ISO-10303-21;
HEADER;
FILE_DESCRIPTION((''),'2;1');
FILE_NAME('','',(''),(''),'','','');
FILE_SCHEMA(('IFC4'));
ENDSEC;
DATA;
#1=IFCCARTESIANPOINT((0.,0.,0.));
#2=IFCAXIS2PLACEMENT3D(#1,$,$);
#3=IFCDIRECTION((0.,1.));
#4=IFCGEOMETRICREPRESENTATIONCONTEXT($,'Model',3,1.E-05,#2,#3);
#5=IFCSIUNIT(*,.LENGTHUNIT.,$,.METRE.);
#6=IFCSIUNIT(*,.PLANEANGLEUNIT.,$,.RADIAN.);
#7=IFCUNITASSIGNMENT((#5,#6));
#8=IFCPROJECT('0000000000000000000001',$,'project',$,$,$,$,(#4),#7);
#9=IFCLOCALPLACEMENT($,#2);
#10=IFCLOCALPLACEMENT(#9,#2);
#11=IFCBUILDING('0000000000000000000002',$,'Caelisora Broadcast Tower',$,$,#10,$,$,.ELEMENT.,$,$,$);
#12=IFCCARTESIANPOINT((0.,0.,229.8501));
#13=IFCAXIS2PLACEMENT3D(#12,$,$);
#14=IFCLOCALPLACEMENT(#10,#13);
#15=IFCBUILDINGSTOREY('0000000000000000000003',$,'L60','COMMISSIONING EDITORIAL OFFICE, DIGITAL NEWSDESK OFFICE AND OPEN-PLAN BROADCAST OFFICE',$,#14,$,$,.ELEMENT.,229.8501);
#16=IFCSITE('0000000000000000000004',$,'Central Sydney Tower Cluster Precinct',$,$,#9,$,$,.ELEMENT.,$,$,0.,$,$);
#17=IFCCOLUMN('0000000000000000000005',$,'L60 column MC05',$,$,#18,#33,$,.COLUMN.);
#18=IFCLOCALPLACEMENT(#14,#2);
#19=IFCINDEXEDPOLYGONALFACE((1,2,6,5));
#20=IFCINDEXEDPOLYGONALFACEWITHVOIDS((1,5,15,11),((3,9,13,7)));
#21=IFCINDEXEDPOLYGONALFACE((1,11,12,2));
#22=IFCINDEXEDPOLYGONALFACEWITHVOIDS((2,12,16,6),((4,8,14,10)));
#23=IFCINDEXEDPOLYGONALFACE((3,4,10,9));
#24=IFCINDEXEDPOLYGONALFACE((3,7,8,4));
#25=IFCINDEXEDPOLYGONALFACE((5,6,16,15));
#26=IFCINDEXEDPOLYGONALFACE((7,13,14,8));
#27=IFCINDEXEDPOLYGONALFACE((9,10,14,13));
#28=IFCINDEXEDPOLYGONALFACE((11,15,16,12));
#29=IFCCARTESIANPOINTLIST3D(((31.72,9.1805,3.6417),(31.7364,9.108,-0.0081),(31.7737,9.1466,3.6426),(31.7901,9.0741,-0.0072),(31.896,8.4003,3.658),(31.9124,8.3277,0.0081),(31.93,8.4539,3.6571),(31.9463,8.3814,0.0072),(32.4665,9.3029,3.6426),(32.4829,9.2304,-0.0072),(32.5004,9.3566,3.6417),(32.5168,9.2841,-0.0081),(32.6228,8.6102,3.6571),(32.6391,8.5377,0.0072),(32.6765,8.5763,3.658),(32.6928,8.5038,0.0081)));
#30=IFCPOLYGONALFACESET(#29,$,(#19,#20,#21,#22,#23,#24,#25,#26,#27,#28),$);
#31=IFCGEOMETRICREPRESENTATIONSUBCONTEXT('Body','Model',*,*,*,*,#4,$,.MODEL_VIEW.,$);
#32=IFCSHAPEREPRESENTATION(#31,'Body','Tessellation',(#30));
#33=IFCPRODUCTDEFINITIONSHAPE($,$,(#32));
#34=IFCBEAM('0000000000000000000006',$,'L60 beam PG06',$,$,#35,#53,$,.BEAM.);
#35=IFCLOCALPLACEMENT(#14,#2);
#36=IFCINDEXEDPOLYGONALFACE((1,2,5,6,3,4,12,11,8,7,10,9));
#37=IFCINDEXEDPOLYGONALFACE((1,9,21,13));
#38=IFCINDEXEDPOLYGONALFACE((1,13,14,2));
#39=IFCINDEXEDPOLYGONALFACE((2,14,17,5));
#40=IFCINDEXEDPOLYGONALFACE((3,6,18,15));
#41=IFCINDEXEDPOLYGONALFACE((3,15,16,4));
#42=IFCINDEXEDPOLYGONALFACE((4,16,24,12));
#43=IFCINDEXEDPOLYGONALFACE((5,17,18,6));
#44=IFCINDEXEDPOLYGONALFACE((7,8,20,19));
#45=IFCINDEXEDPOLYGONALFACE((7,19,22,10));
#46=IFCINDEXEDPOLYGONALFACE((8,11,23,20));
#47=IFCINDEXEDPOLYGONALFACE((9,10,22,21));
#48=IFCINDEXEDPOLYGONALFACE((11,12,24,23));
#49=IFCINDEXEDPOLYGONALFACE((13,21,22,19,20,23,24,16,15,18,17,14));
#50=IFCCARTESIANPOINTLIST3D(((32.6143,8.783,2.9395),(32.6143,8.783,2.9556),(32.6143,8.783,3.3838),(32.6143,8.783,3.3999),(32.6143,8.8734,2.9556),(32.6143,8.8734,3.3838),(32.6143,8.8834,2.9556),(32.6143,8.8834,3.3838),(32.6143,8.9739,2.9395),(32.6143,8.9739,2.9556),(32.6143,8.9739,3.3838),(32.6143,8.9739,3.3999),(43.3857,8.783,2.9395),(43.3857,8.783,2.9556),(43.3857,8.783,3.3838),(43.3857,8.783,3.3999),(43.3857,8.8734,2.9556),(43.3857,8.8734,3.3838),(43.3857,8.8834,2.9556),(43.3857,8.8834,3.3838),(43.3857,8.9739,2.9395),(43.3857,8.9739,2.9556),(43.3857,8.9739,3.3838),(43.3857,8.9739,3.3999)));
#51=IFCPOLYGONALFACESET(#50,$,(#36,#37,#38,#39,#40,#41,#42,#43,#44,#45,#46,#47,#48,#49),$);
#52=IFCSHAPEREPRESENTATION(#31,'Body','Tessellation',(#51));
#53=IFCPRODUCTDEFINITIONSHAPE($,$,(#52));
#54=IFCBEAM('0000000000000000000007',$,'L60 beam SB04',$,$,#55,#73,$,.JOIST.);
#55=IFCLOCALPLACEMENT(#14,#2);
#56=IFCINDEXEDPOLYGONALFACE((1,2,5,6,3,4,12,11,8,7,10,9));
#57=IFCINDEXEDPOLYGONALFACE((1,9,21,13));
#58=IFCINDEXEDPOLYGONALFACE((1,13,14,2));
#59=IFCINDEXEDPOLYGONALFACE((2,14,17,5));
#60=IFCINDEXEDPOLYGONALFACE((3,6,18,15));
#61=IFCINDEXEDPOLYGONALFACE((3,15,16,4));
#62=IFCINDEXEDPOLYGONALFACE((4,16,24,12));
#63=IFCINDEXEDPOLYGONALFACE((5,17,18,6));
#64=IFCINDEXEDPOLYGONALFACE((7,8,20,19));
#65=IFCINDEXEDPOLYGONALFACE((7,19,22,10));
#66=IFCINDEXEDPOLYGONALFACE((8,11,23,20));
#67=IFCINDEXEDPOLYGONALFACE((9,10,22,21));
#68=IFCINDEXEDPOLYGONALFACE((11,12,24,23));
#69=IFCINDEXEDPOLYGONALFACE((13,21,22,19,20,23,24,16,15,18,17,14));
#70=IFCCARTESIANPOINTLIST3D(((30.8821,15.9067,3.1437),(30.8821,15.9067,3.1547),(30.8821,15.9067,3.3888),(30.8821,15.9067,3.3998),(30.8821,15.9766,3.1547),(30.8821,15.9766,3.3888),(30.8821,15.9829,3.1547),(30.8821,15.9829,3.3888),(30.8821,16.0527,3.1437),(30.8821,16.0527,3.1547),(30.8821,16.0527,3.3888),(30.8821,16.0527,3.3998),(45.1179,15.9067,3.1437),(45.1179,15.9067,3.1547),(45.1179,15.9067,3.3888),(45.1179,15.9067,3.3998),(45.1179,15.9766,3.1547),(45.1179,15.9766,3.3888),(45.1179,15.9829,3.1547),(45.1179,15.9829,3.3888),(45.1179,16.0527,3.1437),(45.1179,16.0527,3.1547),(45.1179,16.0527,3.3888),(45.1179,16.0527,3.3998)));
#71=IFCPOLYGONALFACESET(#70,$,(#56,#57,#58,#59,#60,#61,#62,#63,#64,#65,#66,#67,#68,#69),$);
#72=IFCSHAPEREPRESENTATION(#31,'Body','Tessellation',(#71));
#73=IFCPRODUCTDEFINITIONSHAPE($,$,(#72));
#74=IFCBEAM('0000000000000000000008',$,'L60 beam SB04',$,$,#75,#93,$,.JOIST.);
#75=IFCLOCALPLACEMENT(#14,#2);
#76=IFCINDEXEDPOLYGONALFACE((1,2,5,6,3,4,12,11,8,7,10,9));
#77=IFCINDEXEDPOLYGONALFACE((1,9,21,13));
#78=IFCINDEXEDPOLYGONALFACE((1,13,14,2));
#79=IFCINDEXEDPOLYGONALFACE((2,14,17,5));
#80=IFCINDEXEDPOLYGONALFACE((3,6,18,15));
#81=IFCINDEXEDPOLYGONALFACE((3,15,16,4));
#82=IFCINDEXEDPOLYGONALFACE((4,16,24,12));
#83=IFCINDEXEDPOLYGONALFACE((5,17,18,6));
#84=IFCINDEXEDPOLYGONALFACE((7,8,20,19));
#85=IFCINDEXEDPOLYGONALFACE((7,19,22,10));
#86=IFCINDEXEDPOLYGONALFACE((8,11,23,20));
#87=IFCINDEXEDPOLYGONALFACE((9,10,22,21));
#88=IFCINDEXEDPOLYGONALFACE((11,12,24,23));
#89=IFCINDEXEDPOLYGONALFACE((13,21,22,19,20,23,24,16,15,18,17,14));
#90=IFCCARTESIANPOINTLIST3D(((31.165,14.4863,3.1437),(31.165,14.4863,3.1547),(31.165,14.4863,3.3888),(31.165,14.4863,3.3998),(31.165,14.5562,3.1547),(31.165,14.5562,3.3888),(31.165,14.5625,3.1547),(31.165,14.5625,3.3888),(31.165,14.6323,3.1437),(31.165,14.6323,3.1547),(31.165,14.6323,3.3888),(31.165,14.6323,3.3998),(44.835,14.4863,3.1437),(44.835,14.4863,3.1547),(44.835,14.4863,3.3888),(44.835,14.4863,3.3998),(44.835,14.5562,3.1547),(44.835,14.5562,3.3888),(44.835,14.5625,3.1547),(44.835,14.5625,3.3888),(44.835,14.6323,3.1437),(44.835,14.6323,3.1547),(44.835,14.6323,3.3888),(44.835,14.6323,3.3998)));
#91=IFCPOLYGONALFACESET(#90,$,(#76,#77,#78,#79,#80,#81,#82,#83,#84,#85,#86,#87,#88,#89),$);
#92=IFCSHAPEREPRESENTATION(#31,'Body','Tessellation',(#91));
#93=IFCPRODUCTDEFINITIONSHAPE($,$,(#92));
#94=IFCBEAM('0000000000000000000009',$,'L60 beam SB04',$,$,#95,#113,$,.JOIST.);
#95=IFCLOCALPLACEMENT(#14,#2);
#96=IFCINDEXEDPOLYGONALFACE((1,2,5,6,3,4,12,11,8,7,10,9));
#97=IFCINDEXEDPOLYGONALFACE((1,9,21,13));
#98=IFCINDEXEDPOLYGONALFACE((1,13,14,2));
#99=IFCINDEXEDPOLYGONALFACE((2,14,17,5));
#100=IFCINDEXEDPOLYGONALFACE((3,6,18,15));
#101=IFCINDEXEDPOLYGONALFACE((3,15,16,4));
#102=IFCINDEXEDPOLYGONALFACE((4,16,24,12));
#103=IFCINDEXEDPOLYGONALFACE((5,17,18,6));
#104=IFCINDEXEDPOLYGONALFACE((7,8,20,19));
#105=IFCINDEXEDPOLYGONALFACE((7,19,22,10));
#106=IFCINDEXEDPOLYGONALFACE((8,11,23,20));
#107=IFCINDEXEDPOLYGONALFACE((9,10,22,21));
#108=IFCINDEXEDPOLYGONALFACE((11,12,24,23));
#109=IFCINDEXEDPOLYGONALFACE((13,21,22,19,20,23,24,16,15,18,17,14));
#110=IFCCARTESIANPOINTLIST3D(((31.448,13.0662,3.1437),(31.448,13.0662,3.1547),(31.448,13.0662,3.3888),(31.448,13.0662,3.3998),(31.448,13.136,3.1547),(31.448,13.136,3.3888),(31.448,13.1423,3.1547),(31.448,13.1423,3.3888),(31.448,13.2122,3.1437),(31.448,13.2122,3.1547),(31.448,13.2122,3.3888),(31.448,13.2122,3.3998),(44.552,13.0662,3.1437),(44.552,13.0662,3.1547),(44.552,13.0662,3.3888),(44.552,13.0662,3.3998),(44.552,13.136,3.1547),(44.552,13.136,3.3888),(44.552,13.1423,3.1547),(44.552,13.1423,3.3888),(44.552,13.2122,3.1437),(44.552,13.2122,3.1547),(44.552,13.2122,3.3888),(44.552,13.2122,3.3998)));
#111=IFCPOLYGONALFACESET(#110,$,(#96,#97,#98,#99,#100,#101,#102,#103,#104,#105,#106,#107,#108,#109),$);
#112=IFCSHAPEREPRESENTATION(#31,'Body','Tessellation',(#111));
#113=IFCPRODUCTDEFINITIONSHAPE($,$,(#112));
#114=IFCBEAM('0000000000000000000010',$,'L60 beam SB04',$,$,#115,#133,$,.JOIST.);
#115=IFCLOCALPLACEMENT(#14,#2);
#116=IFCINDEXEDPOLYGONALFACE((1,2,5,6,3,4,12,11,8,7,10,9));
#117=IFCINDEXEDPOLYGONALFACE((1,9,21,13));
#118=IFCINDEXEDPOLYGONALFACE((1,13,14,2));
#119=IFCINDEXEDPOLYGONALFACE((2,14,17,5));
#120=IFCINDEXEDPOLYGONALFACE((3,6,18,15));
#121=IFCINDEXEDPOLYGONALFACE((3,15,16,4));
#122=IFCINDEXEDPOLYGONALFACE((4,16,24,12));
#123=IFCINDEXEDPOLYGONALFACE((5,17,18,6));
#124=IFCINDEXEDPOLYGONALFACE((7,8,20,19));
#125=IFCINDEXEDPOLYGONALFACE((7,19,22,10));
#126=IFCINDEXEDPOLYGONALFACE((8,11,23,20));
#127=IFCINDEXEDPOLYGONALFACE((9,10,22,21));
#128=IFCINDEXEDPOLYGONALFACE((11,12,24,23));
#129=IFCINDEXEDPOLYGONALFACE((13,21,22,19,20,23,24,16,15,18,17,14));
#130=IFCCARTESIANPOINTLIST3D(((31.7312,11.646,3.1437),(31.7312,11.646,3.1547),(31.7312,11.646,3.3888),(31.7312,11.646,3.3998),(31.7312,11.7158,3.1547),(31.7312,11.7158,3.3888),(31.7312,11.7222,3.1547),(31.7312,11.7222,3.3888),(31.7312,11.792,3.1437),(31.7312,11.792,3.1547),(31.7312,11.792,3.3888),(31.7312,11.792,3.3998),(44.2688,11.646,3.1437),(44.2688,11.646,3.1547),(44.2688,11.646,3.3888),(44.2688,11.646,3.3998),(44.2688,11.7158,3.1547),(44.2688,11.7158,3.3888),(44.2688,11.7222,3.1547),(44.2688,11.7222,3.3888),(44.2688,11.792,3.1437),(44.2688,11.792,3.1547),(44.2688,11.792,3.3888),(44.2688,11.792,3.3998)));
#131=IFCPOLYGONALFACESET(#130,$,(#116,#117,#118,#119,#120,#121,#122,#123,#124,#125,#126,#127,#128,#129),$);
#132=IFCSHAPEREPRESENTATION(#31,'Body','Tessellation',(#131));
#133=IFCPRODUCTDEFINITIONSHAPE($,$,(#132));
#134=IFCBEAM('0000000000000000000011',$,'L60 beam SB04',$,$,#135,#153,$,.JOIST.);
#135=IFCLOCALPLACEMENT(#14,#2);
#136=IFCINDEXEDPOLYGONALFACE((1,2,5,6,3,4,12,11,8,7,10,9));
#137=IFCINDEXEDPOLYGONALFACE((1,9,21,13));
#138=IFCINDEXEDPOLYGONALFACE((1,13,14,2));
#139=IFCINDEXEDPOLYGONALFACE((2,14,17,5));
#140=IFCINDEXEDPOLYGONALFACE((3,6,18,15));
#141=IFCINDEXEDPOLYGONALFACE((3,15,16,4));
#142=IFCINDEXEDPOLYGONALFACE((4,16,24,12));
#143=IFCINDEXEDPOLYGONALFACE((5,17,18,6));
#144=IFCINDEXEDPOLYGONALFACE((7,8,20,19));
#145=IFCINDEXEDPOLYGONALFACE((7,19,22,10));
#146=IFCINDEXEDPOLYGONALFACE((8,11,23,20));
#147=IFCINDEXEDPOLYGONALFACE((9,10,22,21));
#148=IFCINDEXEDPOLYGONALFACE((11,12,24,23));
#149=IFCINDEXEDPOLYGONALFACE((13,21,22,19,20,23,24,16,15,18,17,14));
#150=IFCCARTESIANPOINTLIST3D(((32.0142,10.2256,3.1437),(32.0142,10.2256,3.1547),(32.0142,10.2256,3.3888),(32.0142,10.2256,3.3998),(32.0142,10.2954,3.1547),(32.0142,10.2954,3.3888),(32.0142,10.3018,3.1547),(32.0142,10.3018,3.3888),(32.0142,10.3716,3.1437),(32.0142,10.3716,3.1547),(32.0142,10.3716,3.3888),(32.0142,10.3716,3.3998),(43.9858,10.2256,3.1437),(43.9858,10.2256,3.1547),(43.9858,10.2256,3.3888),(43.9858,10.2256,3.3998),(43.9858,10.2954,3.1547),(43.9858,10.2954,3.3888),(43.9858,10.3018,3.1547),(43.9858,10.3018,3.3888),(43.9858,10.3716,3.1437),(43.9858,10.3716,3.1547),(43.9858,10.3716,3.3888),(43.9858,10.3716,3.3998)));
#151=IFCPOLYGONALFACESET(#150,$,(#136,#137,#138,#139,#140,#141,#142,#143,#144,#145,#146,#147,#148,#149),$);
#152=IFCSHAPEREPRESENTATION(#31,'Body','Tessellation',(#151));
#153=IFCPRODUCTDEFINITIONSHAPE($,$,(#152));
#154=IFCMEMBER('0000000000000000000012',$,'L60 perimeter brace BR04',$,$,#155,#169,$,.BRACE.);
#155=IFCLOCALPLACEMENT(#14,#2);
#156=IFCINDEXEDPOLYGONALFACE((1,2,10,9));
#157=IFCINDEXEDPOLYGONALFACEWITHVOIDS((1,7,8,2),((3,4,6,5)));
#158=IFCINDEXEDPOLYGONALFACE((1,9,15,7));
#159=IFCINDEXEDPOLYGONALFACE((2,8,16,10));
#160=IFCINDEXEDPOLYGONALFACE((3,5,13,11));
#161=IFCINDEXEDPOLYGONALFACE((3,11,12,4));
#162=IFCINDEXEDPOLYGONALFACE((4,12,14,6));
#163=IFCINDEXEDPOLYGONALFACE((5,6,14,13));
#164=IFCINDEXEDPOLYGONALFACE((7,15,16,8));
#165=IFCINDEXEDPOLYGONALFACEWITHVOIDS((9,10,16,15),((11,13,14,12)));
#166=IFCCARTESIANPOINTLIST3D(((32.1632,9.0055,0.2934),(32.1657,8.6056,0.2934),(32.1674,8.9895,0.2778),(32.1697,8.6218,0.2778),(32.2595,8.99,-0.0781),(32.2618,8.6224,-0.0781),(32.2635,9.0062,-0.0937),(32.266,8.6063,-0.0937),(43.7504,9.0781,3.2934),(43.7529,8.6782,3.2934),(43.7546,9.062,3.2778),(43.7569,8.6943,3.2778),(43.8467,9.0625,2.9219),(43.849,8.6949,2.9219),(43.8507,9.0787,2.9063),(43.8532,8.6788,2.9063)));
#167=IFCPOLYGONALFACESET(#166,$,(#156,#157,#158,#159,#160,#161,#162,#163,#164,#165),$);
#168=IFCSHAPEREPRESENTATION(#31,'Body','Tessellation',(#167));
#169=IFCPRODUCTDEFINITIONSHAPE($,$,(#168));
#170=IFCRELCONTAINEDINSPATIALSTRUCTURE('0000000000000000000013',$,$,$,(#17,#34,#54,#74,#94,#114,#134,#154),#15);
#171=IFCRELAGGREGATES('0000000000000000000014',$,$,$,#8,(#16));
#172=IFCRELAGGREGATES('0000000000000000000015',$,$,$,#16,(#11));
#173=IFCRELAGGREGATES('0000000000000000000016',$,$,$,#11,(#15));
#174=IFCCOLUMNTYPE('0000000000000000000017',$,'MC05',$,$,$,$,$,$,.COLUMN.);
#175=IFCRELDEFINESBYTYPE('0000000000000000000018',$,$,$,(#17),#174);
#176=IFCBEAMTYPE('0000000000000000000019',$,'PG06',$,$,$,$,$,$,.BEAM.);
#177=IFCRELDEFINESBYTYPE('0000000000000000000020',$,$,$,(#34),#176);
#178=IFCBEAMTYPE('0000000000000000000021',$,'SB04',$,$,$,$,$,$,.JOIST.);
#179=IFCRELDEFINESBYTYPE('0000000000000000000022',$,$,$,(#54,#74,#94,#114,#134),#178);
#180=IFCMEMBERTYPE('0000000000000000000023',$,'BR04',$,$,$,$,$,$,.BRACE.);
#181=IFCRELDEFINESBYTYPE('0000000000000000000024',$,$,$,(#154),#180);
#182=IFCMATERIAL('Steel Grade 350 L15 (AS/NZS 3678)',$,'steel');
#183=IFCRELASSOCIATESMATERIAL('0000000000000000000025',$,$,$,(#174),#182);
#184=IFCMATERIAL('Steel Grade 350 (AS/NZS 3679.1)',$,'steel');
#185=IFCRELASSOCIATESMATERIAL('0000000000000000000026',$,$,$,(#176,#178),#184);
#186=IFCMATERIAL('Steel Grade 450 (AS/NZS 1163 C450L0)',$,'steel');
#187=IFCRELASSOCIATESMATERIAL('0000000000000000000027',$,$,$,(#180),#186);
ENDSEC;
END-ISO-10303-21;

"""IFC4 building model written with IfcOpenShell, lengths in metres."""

from ifc_helpers import new_model, si_unit, direction, frame, origin, origin_2d, place, context, subcontext, project, spatial, hollow_rectangle, i_section, extrude, source, transform, mapped, material, material_profile, profile_set, type_object, type_shapes, element, save


model = new_model("IFC4")

# Units and contexts
model_context = context("Model", 3, precision=1e-05, world=origin(), true_north=direction((0.0, 1.0)))
body_context = subcontext(model_context, "Body", "Model", "MODEL_VIEW")
ifc_project = project(units=[si_unit("LENGTHUNIT", "METRE"), si_unit("PLANEANGLEUNIT", "RADIAN")], contexts=[model_context])

# Site, building, storey
site_placement = place(None, origin())
site = spatial("IfcSite", under=ifc_project, at=site_placement, Name="Central Sydney Tower Cluster Precinct", CompositionType="ELEMENT", RefElevation=0.0)
building_placement = place(site_placement, origin())
building = spatial("IfcBuilding", under=site, at=building_placement, Name="Caelisora Broadcast Tower", CompositionType="ELEMENT")
storey_placement = place(building_placement, frame((0.0, 0.0, 229.8501)))
storey = spatial("IfcBuildingStorey", under=building, at=storey_placement, Name="L60", Description="COMMISSIONING EDITORIAL OFFICE, DIGITAL NEWSDESK OFFICE AND OPEN-PLAN BROADCAST OFFICE", CompositionType="ELEMENT", Elevation=229.8501)

# Column
ifc_material_1 = material(Name="Steel Grade 350 L15 (AS/NZS 3678)", Category="steel")
ifc_material_profile_1 = material_profile(ifc_material_1, hollow_rectangle(XDim=0.8, YDim=0.8, WallThickness=0.0449, at=origin_2d()), Name="Steel Grade 350 L15 (AS/NZS 3678)")
ifc_profile_set_1 = profile_set([ifc_material_profile_1], Name="Steel Grade 350 L15 (AS/NZS 3678)")
column_type = type_object("IfcColumnType", Name="MC05", PredefinedType="COLUMN", material=ifc_profile_set_1)
shared_shape_1 = source(origin(), body_context, "Body", "SweptSolid", [
    extrude(hollow_rectangle(XDim=0.8, YDim=0.8, WallThickness=0.0449, at=origin_2d()), origin(), (0.0, 0.0, 1.0), 3.6506),
])
type_shapes(column_type, [shared_shape_1])
column_placement = place(storey_placement, frame((32.2146, 8.8059, 0.0), z_axis=(-0.004481, 0.019862, 0.999793), x_axis=(-0.975487, -0.220059, 0.0)))
element("IfcColumn", 1, at=column_placement, inside=storey, type_object=column_type, Name="L60 column MC05", PredefinedType="COLUMN", context=body_context, shape_type="MappedRepresentation", body=[
    mapped(shared_shape_1, transform((0.0, 0.0, 0.0), scale=1.0)),
])

# Beams
ifc_material_2 = material(Name="Steel Grade 350 (AS/NZS 3679.1)", Category="steel")
ifc_material_profile_2 = material_profile(ifc_material_2, i_section(OverallWidth=0.1909, OverallDepth=0.4604, WebThickness=0.01, FlangeThickness=0.0161, at=origin_2d()), Name="Steel Grade 350 (AS/NZS 3679.1)")
ifc_profile_set_2 = profile_set([ifc_material_profile_2], Name="Steel Grade 350 (AS/NZS 3679.1)")
beam_type_1 = type_object("IfcBeamType", Name="PG06", PredefinedType="BEAM", material=ifc_profile_set_2)
shared_shape_2 = source(origin(), body_context, "Body", "SweptSolid", [
    extrude(i_section(OverallWidth=0.1909, OverallDepth=0.4604, WebThickness=0.01, FlangeThickness=0.0161, at=origin_2d()), origin(), (0.0, 0.0, 1.0), 10.7715),
])
type_shapes(beam_type_1, [shared_shape_2])
beam_1_placement = place(storey_placement, frame((32.6143, 8.8784, 3.1697), z_axis=(1.0, 0.0, 0.0), x_axis=(0.0, 1.0, 0.0)))
element("IfcBeam", 2, at=beam_1_placement, inside=storey, type_object=beam_type_1, Name="L60 beam PG06", PredefinedType="BEAM", context=body_context, shape_type="MappedRepresentation", body=[
    mapped(shared_shape_2, transform((0.0, 0.0, 0.0), scale=1.0)),
])
ifc_material_profile_3 = material_profile(ifc_material_2, i_section(OverallWidth=0.146, OverallDepth=0.2561, WebThickness=0.0063, FlangeThickness=0.011, at=origin_2d()), Name="Steel Grade 350 (AS/NZS 3679.1)")
ifc_profile_set_3 = profile_set([ifc_material_profile_3], Name="Steel Grade 350 (AS/NZS 3679.1)")
beam_type_2 = type_object("IfcBeamType", Name="SB04", PredefinedType="JOIST", material=ifc_profile_set_3)
shared_shape_3 = source(origin(), body_context, "Body", "SweptSolid", [
    extrude(i_section(OverallWidth=0.146, OverallDepth=0.2561, WebThickness=0.0063, FlangeThickness=0.011, at=origin_2d()), origin(), (0.0, 0.0, 1.0), 14.2358),
])
beam_2_placement = place(storey_placement, frame((30.8821, 15.9797, 3.2717), z_axis=(1.0, 0.0, 0.0), x_axis=(0.0, 1.0, 0.0)))
element("IfcBeam", 3, at=beam_2_placement, inside=storey, type_object=beam_type_2, Name="L60 beam SB04", PredefinedType="JOIST", context=body_context, shape_type="MappedRepresentation", body=[
    mapped(shared_shape_3, transform((0.0, 0.0, 0.0), scale=1.0)),
])
shared_shape_4 = source(origin(), body_context, "Body", "SweptSolid", [
    extrude(i_section(OverallWidth=0.146, OverallDepth=0.2561, WebThickness=0.0063, FlangeThickness=0.011, at=origin_2d()), origin(), (0.0, 0.0, 1.0), 13.6699),
])
beam_3_placement = place(storey_placement, frame((31.165, 14.5593, 3.2717), z_axis=(1.0, 0.0, 0.0), x_axis=(0.0, 1.0, 0.0)))
element("IfcBeam", 4, at=beam_3_placement, inside=storey, type_object=beam_type_2, Name="L60 beam SB04", PredefinedType="JOIST", context=body_context, shape_type="MappedRepresentation", body=[
    mapped(shared_shape_4, transform((0.0, 0.0, 0.0), scale=1.0)),
])
shared_shape_5 = source(origin(), body_context, "Body", "SweptSolid", [
    extrude(i_section(OverallWidth=0.146, OverallDepth=0.2561, WebThickness=0.0063, FlangeThickness=0.011, at=origin_2d()), origin(), (0.0, 0.0, 1.0), 13.104),
])
beam_4_placement = place(storey_placement, frame((31.448, 13.1392, 3.2717), z_axis=(1.0, 0.0, 0.0), x_axis=(0.0, 1.0, 0.0)))
element("IfcBeam", 5, at=beam_4_placement, inside=storey, type_object=beam_type_2, Name="L60 beam SB04", PredefinedType="JOIST", context=body_context, shape_type="MappedRepresentation", body=[
    mapped(shared_shape_5, transform((0.0, 0.0, 0.0), scale=1.0)),
])
shared_shape_6 = source(origin(), body_context, "Body", "SweptSolid", [
    extrude(i_section(OverallWidth=0.146, OverallDepth=0.2561, WebThickness=0.0063, FlangeThickness=0.011, at=origin_2d()), origin(), (0.0, 0.0, 1.0), 12.5376),
])
beam_5_placement = place(storey_placement, frame((31.7312, 11.719, 3.2717), z_axis=(1.0, 0.0, 0.0), x_axis=(0.0, 1.0, 0.0)))
element("IfcBeam", 6, at=beam_5_placement, inside=storey, type_object=beam_type_2, Name="L60 beam SB04", PredefinedType="JOIST", context=body_context, shape_type="MappedRepresentation", body=[
    mapped(shared_shape_6, transform((0.0, 0.0, 0.0), scale=1.0)),
])
shared_shape_7 = source(origin(), body_context, "Body", "SweptSolid", [
    extrude(i_section(OverallWidth=0.146, OverallDepth=0.2561, WebThickness=0.0063, FlangeThickness=0.011, at=origin_2d()), origin(), (0.0, 0.0, 1.0), 11.9717),
])
type_shapes(beam_type_2, [shared_shape_3, shared_shape_4, shared_shape_5, shared_shape_6, shared_shape_7])
beam_6_placement = place(storey_placement, frame((32.0142, 10.2986, 3.2717), z_axis=(1.0, 0.0, 0.0), x_axis=(0.0, 1.0, 0.0)))
element("IfcBeam", 7, at=beam_6_placement, inside=storey, type_object=beam_type_2, Name="L60 beam SB04", PredefinedType="JOIST", context=body_context, shape_type="MappedRepresentation", body=[
    mapped(shared_shape_7, transform((0.0, 0.0, 0.0), scale=1.0)),
])

# Member
ifc_material_3 = material(Name="Steel Grade 450 (AS/NZS 1163 C450L0)", Category="steel")
ifc_material_profile_4 = material_profile(ifc_material_3, hollow_rectangle(XDim=0.3999, YDim=0.3999, WallThickness=0.0161, at=origin_2d()), Name="Steel Grade 450 (AS/NZS 1163 C450L0)")
ifc_profile_set_4 = profile_set([ifc_material_profile_4], Name="Steel Grade 450 (AS/NZS 1163 C450L0)")
member_type_1 = type_object("IfcMemberType", Name="BR04", PredefinedType="BRACE", material=ifc_profile_set_4)
shared_shape_8 = source(origin(), body_context, "Body", "SweptSolid", [
    extrude(hollow_rectangle(XDim=0.3999, YDim=0.3999, WallThickness=0.0161, at=origin_2d()), origin(), (0.0, 0.0, 1.0), 11.9695),
])
type_shapes(member_type_1, [shared_shape_8])
member_1_placement = place(storey_placement, frame((32.2146, 8.8059, 0.0999), z_axis=(0.968062, 0.006058, 0.250638), x_axis=(-0.006258, 0.99998, 0.0)))
element("IfcMember", 8, at=member_1_placement, inside=storey, type_object=member_type_1, Name="L60 perimeter brace BR04", PredefinedType="BRACE", context=body_context, shape_type="MappedRepresentation", body=[
    mapped(shared_shape_8, transform((0.0, 0.0, 0.0), scale=1.0)),
])

save(model, "model.ifc")
